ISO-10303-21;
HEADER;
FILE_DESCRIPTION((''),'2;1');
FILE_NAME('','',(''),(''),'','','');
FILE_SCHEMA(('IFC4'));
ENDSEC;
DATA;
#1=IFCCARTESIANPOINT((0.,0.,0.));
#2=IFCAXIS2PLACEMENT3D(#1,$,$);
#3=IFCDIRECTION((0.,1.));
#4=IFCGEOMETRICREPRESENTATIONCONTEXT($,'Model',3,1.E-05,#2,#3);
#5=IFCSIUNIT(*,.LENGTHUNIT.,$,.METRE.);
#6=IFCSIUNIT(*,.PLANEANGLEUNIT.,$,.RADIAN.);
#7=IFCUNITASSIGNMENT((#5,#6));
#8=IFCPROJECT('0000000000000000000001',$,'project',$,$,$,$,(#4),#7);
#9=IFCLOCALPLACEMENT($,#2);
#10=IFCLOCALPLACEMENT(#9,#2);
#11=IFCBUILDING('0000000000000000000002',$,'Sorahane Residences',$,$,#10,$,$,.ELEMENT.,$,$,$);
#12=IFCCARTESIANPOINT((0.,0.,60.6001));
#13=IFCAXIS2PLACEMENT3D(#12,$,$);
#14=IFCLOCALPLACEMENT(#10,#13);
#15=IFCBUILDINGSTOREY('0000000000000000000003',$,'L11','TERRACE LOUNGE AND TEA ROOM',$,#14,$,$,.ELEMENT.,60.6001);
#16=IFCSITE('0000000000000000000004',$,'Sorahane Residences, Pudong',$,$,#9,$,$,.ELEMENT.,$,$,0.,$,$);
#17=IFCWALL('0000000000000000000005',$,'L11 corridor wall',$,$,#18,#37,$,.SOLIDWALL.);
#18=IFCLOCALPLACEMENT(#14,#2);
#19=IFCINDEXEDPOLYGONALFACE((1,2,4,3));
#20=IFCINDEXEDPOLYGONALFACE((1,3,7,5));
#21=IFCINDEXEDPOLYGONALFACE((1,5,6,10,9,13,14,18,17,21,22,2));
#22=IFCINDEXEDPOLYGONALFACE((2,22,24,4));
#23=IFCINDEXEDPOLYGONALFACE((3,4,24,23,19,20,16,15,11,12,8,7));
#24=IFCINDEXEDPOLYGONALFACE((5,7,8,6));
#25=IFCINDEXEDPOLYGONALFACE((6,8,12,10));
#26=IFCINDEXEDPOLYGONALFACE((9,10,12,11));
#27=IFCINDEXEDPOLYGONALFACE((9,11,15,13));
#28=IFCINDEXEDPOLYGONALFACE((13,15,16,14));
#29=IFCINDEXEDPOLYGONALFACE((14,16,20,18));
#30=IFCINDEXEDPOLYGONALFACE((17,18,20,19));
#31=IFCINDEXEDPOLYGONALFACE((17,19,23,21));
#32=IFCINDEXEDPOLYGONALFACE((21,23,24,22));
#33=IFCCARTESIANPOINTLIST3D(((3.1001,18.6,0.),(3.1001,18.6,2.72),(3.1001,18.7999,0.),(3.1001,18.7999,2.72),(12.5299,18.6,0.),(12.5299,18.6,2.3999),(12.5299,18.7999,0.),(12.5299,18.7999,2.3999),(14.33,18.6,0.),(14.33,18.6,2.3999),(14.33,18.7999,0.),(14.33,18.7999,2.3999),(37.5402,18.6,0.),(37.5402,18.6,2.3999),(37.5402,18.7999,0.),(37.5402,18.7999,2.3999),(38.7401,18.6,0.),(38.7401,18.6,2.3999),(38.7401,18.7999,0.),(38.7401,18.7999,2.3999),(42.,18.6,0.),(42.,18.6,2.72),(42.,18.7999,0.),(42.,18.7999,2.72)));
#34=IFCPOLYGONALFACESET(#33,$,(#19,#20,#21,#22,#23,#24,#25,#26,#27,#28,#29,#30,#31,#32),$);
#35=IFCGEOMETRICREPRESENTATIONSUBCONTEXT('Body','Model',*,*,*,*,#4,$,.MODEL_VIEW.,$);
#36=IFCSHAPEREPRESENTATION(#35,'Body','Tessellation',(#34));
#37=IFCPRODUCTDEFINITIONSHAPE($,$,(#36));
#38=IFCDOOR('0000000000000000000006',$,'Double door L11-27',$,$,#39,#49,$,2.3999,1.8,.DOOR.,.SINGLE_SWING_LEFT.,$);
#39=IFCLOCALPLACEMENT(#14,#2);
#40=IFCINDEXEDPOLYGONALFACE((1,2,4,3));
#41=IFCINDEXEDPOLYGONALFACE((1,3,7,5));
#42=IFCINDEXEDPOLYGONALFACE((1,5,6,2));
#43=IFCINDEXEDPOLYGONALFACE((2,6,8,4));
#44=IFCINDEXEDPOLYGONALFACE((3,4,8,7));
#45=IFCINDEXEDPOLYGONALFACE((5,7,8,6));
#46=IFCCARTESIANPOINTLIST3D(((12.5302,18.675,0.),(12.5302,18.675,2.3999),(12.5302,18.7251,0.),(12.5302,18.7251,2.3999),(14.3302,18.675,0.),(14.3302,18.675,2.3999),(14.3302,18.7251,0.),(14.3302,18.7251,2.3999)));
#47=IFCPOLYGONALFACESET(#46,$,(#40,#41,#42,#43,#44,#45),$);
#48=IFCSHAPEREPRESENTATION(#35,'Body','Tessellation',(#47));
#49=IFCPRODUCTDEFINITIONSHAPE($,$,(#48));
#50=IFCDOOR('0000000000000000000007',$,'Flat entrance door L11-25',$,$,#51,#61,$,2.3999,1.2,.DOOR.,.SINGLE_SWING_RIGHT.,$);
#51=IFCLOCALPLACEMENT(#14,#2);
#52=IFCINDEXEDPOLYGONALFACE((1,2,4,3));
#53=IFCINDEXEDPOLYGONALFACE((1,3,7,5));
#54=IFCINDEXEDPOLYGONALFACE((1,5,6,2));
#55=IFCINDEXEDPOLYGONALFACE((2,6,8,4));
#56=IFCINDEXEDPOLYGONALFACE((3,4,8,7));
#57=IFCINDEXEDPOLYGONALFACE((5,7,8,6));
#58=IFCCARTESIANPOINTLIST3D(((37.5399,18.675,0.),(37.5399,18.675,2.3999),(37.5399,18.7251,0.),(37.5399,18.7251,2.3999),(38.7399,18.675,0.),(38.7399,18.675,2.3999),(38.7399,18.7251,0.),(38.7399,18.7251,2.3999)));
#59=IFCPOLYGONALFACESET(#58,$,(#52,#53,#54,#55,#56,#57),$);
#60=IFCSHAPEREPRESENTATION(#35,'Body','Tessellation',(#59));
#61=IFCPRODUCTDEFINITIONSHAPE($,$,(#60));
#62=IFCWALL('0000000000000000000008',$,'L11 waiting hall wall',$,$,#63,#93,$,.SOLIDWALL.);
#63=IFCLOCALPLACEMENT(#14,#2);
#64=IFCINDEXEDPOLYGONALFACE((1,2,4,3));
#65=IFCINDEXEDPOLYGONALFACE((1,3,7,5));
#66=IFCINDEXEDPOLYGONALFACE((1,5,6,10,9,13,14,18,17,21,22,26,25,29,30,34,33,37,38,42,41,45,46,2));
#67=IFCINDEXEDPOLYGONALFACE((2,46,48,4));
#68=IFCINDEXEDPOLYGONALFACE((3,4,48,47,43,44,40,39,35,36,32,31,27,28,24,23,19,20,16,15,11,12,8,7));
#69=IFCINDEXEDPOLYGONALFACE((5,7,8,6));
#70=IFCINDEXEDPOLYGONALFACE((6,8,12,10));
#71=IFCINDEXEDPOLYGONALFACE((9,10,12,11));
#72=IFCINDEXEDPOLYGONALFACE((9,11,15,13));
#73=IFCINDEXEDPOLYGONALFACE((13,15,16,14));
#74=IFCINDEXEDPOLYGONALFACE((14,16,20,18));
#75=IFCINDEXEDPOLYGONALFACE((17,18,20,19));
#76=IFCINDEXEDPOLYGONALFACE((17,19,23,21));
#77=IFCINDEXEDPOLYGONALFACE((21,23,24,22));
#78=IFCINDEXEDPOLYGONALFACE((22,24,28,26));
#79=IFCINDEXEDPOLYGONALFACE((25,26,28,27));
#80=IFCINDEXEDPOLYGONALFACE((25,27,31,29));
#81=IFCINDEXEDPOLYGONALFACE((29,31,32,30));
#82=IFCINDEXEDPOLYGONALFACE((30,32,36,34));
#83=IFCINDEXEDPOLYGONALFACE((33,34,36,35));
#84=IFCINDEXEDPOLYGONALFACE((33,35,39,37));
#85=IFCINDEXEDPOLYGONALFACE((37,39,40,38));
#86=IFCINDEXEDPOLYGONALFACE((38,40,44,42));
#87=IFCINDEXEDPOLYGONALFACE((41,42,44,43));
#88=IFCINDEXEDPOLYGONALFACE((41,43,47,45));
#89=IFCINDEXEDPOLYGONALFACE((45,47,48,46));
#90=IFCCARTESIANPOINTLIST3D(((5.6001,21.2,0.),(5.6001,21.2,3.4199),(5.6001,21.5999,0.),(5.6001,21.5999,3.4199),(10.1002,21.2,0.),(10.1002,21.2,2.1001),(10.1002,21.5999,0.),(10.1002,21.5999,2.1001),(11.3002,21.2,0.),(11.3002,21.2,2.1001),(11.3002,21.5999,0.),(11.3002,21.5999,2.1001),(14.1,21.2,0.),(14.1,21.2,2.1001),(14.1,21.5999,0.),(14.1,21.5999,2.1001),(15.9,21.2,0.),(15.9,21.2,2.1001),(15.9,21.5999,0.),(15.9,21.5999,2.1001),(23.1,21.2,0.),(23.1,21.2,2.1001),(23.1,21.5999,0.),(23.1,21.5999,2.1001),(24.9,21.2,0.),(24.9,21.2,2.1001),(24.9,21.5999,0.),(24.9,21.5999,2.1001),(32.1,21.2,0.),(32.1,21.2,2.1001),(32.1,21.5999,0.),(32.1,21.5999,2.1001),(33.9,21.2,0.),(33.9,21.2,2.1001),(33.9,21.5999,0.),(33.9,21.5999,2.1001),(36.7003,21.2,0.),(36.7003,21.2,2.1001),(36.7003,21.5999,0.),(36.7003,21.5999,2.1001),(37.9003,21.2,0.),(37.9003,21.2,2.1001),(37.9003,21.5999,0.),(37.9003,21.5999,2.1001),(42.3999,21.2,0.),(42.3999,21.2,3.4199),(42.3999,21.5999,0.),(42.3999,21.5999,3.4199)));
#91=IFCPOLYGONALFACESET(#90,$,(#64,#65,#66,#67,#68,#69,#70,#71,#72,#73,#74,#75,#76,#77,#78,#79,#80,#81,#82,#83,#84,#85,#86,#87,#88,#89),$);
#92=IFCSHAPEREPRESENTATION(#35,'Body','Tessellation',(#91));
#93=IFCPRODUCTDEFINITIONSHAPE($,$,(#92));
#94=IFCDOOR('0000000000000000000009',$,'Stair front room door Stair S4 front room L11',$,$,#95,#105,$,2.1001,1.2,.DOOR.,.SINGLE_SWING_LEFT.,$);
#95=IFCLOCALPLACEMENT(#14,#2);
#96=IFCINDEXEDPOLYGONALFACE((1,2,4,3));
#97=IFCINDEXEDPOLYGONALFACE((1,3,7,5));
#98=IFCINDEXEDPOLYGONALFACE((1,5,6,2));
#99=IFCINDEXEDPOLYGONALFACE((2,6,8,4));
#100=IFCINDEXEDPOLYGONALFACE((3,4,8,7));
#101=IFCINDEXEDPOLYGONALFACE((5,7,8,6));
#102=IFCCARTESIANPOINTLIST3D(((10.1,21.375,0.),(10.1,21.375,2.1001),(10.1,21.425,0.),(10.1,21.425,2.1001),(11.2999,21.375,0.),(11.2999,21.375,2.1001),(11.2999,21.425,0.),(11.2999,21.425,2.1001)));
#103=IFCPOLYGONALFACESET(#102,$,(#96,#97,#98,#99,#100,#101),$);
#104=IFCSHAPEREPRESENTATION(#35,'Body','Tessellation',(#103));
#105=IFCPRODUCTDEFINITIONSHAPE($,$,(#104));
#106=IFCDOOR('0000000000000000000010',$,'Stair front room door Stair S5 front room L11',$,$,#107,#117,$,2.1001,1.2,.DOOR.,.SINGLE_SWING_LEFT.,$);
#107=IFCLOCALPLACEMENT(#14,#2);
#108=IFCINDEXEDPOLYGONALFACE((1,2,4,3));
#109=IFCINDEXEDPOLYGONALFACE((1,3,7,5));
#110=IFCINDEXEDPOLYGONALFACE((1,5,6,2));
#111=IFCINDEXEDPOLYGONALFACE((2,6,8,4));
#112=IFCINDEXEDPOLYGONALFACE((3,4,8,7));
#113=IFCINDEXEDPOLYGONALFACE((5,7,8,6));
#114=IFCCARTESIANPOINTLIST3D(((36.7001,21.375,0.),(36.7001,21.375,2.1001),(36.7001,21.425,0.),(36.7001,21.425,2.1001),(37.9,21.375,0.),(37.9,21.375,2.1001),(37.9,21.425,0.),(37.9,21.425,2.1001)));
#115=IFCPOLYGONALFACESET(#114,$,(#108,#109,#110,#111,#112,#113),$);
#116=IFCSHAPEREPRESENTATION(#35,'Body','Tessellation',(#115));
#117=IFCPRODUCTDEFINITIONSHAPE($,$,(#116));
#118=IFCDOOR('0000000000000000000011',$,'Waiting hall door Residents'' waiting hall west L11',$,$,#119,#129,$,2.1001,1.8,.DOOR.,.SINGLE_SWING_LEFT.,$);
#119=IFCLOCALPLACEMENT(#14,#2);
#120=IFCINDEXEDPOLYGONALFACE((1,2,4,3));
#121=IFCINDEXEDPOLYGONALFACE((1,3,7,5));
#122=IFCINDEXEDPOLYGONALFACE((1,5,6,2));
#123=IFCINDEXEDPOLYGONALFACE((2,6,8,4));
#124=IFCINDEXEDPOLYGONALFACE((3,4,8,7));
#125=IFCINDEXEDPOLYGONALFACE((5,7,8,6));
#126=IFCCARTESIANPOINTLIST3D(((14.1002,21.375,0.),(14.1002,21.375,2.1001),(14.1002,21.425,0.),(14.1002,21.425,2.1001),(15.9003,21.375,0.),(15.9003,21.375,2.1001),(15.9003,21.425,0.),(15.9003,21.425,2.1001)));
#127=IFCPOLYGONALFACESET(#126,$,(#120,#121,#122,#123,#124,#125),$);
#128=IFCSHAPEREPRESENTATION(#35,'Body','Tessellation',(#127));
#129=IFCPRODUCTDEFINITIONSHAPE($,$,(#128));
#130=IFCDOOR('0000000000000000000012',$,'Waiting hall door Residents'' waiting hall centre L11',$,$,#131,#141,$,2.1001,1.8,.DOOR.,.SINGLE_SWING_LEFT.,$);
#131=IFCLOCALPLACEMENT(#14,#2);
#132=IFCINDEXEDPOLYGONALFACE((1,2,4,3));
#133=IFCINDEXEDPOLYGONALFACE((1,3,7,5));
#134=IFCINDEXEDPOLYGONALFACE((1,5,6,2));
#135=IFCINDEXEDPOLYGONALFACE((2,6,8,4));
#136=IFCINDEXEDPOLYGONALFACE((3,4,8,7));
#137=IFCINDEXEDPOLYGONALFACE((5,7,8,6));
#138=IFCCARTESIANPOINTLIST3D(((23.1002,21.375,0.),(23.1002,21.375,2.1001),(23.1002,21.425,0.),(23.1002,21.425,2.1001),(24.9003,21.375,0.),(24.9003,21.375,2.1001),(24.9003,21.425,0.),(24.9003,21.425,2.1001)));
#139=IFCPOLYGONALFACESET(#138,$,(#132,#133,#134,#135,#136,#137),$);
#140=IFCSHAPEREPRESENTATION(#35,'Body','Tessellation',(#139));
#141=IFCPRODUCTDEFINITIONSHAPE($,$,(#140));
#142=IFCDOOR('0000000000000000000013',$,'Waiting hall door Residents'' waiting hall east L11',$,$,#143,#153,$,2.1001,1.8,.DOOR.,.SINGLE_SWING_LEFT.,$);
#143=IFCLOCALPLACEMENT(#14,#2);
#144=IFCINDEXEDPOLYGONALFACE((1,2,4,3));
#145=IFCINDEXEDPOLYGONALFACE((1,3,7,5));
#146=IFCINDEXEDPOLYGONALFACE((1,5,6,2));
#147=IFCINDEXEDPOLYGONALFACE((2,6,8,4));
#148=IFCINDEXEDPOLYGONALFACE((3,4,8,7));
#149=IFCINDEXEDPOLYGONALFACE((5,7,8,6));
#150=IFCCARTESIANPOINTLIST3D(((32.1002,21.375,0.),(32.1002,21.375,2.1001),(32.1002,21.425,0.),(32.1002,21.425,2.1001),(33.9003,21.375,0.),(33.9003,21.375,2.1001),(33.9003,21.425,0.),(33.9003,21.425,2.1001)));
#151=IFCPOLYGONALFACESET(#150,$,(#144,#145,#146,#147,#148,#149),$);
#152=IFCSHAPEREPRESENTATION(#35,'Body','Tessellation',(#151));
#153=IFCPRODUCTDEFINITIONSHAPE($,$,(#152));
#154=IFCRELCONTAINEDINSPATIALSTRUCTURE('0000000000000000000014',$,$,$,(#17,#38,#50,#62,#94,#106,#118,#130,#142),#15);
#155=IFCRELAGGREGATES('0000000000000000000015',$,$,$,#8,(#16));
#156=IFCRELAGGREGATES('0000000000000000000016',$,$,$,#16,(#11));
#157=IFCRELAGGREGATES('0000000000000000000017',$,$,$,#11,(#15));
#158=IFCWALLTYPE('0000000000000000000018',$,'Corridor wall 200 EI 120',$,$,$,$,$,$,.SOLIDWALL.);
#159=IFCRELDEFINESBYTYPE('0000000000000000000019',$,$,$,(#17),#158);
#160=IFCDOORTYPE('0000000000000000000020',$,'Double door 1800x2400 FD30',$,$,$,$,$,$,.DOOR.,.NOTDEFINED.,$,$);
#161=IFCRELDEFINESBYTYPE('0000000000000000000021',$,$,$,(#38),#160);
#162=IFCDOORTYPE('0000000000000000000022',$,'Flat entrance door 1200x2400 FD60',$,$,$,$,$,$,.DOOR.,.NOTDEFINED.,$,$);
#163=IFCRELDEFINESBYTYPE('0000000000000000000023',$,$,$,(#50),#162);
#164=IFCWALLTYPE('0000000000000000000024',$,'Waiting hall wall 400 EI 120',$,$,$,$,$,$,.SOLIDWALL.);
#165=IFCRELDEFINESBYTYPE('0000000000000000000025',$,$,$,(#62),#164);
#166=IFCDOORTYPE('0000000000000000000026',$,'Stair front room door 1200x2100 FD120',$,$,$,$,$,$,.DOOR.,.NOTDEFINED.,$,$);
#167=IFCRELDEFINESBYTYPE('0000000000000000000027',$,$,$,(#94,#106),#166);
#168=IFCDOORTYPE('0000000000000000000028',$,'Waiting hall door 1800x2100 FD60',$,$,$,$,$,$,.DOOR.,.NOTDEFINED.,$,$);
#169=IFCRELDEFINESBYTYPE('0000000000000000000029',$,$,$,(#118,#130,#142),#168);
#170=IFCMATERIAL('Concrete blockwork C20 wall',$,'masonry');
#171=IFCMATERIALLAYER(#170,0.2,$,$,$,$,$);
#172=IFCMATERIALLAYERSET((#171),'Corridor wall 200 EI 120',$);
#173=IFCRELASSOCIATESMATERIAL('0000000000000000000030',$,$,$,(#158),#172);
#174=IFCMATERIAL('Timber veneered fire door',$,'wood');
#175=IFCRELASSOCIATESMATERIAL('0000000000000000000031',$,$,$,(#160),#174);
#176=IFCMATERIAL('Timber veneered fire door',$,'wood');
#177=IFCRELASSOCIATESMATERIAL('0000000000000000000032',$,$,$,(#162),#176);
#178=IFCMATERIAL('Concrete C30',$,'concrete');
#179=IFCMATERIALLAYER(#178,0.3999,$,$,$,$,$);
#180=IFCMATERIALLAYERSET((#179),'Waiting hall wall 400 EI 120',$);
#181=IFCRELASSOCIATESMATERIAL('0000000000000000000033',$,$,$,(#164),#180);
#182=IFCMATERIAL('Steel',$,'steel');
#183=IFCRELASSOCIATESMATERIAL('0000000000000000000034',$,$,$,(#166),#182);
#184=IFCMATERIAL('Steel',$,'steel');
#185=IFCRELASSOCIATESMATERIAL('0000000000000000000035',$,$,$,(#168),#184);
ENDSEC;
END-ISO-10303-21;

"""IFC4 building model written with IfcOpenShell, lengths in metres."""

from ifc_helpers import new_model, si_unit, direction, frame, frame_2d, origin, place, context, subcontext, project, spatial, rectangle, extrude, material, layer, layer_set, type_object, element, fill, save


model = new_model("IFC4")

# Units and contexts
model_context = context("Model", 3, precision=1e-05, world=origin(), true_north=direction((0.0, 1.0)))
body_context = subcontext(model_context, "Body", "Model", "MODEL_VIEW")
ifc_project = project(units=[si_unit("LENGTHUNIT", "METRE"), si_unit("PLANEANGLEUNIT", "RADIAN")], contexts=[model_context])

# Site, building, storey
site_placement = place(None, origin())
site = spatial("IfcSite", under=ifc_project, at=site_placement, Name="Sorahane Residences, Pudong", CompositionType="ELEMENT", RefElevation=0.0)
building_placement = place(site_placement, origin())
building = spatial("IfcBuilding", under=site, at=building_placement, Name="Sorahane Residences", CompositionType="ELEMENT")
storey_placement = place(building_placement, frame((0.0, 0.0, 60.6001)))
storey = spatial("IfcBuildingStorey", under=building, at=storey_placement, Name="L11", Description="TERRACE LOUNGE AND TEA ROOM", CompositionType="ELEMENT", Elevation=60.6001)

# Shared definitions
ifc_material_1 = material(Name="Concrete blockwork C20 wall", Category="masonry")
ifc_layer_1 = layer(ifc_material_1, 0.2)
ifc_layer_set_1 = layer_set([ifc_layer_1], Name="Corridor wall 200 EI 120")
wall_type_1 = type_object("IfcWallType", Name="Corridor wall 200 EI 120", PredefinedType="SOLIDWALL", material=ifc_layer_set_1)

# Walls, openings, doors
wall_1_placement = place(storey_placement, frame((3.1001, 18.7, 0.0), z_axis=(0.0, 0.0, 1.0), x_axis=(1.0, 0.0, 0.0)))
wall_1 = element("IfcWall", 1, at=wall_1_placement, inside=storey, type_object=wall_type_1, Name="L11 corridor wall", PredefinedType="SOLIDWALL", context=body_context, shape_type="SweptSolid", body=[
    extrude(rectangle(XDim=38.8999, YDim=0.2, at=frame_2d((19.45, 0.0))), origin(), (0.0, 0.0, 1.0), 2.72),
])
opening_1_placement = place(wall_1_placement, frame((34.4399, 0.0, 0.0)))
opening_1 = element("IfcOpeningElement", 2, at=opening_1_placement, cuts=wall_1, PredefinedType="OPENING", context=body_context, shape_type="SweptSolid", body=[
    extrude(rectangle(XDim=1.2, YDim=2.3999, at=frame_2d((0.6001, 1.2))), frame((0.0, 0.1099, 0.0), z_axis=(0.0, -1.0, 0.0), x_axis=(1.0, 0.0, 0.0)), (0.0, 0.0, 1.0), 0.22),
])
opening_2_placement = place(wall_1_placement, frame((9.4299, 0.0, 0.0)))
opening_2 = element("IfcOpeningElement", 3, at=opening_2_placement, cuts=wall_1, PredefinedType="OPENING", context=body_context, shape_type="SweptSolid", body=[
    extrude(rectangle(XDim=1.8, YDim=2.3999, at=frame_2d((0.8999, 1.2))), frame((0.0, 0.1099, 0.0), z_axis=(0.0, -1.0, 0.0), x_axis=(1.0, 0.0, 0.0)), (0.0, 0.0, 1.0), 0.22),
])
ifc_material_2 = material(Name="Timber veneered fire door", Category="wood")
door_type_1 = type_object("IfcDoorType", Name="Double door 1800x2400 FD30", OperationType="NOTDEFINED", PredefinedType="DOOR", material=ifc_material_2)
door_1_placement = place(opening_2_placement, frame((1.8, 0.0, 0.0), z_axis=(0.0, 0.0, 1.0), x_axis=(-1.0, 0.0, 0.0)))
door_1 = element("IfcDoor", 4, at=door_1_placement, inside=storey, type_object=door_type_1, Name="Double door L11-27", OperationType="SINGLE_SWING_LEFT", OverallHeight=2.3999, OverallWidth=1.8, PredefinedType="DOOR", context=body_context, shape_type="SweptSolid", body=[
    extrude(rectangle(XDim=1.8, YDim=2.3999, at=frame_2d((0.8999, 1.2))), frame((0.0, 0.0249, 0.0), z_axis=(0.0, -1.0, 0.0), x_axis=(1.0, 0.0, 0.0)), (0.0, 0.0, 1.0), 0.05),
])
fill(opening_2, door_1)
ifc_material_3 = material(Name="Timber veneered fire door", Category="wood")
door_type_2 = type_object("IfcDoorType", Name="Flat entrance door 1200x2400 FD60", OperationType="NOTDEFINED", PredefinedType="DOOR", material=ifc_material_3)
door_2_placement = place(opening_1_placement, frame((1.2, 0.0, 0.0), z_axis=(0.0, 0.0, 1.0), x_axis=(-1.0, 0.0, 0.0)))
door_2 = element("IfcDoor", 5, at=door_2_placement, inside=storey, type_object=door_type_2, Name="Flat entrance door L11-25", OperationType="SINGLE_SWING_RIGHT", OverallHeight=2.3999, OverallWidth=1.2, PredefinedType="DOOR", context=body_context, shape_type="SweptSolid", body=[
    extrude(rectangle(XDim=1.2, YDim=2.3999, at=frame_2d((0.6001, 1.2))), frame((0.0, 0.0249, 0.0), z_axis=(0.0, -1.0, 0.0), x_axis=(1.0, 0.0, 0.0)), (0.0, 0.0, 1.0), 0.05),
])
fill(opening_1, door_2)
ifc_material_4 = material(Name="Concrete C30", Category="concrete")
ifc_layer_2 = layer(ifc_material_4, 0.3999)
ifc_layer_set_2 = layer_set([ifc_layer_2], Name="Waiting hall wall 400 EI 120")
wall_type_2 = type_object("IfcWallType", Name="Waiting hall wall 400 EI 120", PredefinedType="SOLIDWALL", material=ifc_layer_set_2)
wall_2_placement = place(storey_placement, frame((5.6001, 21.3999, 0.0), z_axis=(0.0, 0.0, 1.0), x_axis=(1.0, 0.0, 0.0)))
wall_2 = element("IfcWall", 6, at=wall_2_placement, inside=storey, type_object=wall_type_2, Name="L11 waiting hall wall", PredefinedType="SOLIDWALL", context=body_context, shape_type="SweptSolid", body=[
    extrude(rectangle(XDim=36.7998, YDim=0.3999, at=frame_2d((18.3999, 0.0))), origin(), (0.0, 0.0, 1.0), 3.4199),
])
opening_3_placement = place(wall_2_placement, frame((8.5, 0.0, 0.0)))
opening_3 = element("IfcOpeningElement", 7, at=opening_3_placement, cuts=wall_2, PredefinedType="OPENING", context=body_context, shape_type="SweptSolid", body=[
    extrude(rectangle(XDim=1.8, YDim=2.1001, at=frame_2d((0.8999, 1.05))), frame((0.0, 0.21, 0.0), z_axis=(0.0, -1.0, 0.0), x_axis=(1.0, 0.0, 0.0)), (0.0, 0.0, 1.0), 0.4199),
])
opening_4_placement = place(wall_2_placement, frame((17.5, 0.0, 0.0)))
opening_4 = element("IfcOpeningElement", 8, at=opening_4_placement, cuts=wall_2, PredefinedType="OPENING", context=body_context, shape_type="SweptSolid", body=[
    extrude(rectangle(XDim=1.8, YDim=2.1001, at=frame_2d((0.8999, 1.05))), frame((0.0, 0.21, 0.0), z_axis=(0.0, -1.0, 0.0), x_axis=(1.0, 0.0, 0.0)), (0.0, 0.0, 1.0), 0.4199),
])
opening_5_placement = place(wall_2_placement, frame((26.5, 0.0, 0.0)))
opening_5 = element("IfcOpeningElement", 9, at=opening_5_placement, cuts=wall_2, PredefinedType="OPENING", context=body_context, shape_type="SweptSolid", body=[
    extrude(rectangle(XDim=1.8, YDim=2.1001, at=frame_2d((0.8999, 1.05))), frame((0.0, 0.21, 0.0), z_axis=(0.0, -1.0, 0.0), x_axis=(1.0, 0.0, 0.0)), (0.0, 0.0, 1.0), 0.4199),
])
opening_6_placement = place(wall_2_placement, frame((4.5, 0.0, 0.0)))
opening_6 = element("IfcOpeningElement", 10, at=opening_6_placement, cuts=wall_2, PredefinedType="OPENING", context=body_context, shape_type="SweptSolid", body=[
    extrude(rectangle(XDim=1.2, YDim=2.1001, at=frame_2d((0.6001, 1.05))), frame((0.0, 0.21, 0.0), z_axis=(0.0, -1.0, 0.0), x_axis=(1.0, 0.0, 0.0)), (0.0, 0.0, 1.0), 0.4199),
])
opening_7_placement = place(wall_2_placement, frame((31.1001, 0.0, 0.0)))
opening_7 = element("IfcOpeningElement", 11, at=opening_7_placement, cuts=wall_2, PredefinedType="OPENING", context=body_context, shape_type="SweptSolid", body=[
    extrude(rectangle(XDim=1.2, YDim=2.1001, at=frame_2d((0.6001, 1.05))), frame((0.0, 0.21, 0.0), z_axis=(0.0, -1.0, 0.0), x_axis=(1.0, 0.0, 0.0)), (0.0, 0.0, 1.0), 0.4199),
])
ifc_material_5 = material(Name="Steel", Category="steel")
door_type_3 = type_object("IfcDoorType", Name="Stair front room door 1200x2100 FD120", OperationType="NOTDEFINED", PredefinedType="DOOR", material=ifc_material_5)
door_3_placement = place(opening_6_placement, frame((1.2, 0.0, 0.0), z_axis=(0.0, 0.0, 1.0), x_axis=(-1.0, 0.0, 0.0)))
door_3 = element("IfcDoor", 12, at=door_3_placement, inside=storey, type_object=door_type_3, Name="Stair front room door Stair S4 front room L11", OperationType="SINGLE_SWING_LEFT", OverallHeight=2.1001, OverallWidth=1.2, PredefinedType="DOOR", context=body_context, shape_type="SweptSolid", body=[
    extrude(rectangle(XDim=1.2, YDim=2.1001, at=frame_2d((0.6001, 1.05))), frame((0.0, 0.0249, 0.0), z_axis=(0.0, -1.0, 0.0), x_axis=(1.0, 0.0, 0.0)), (0.0, 0.0, 1.0), 0.05),
])
fill(opening_6, door_3)
door_4_placement = place(opening_7_placement, frame((1.2, 0.0, 0.0), z_axis=(0.0, 0.0, 1.0), x_axis=(-1.0, 0.0, 0.0)))
door_4 = element("IfcDoor", 13, at=door_4_placement, inside=storey, type_object=door_type_3, Name="Stair front room door Stair S5 front room L11", OperationType="SINGLE_SWING_LEFT", OverallHeight=2.1001, OverallWidth=1.2, PredefinedType="DOOR", context=body_context, shape_type="SweptSolid", body=[
    extrude(rectangle(XDim=1.2, YDim=2.1001, at=frame_2d((0.6001, 1.05))), frame((0.0, 0.0249, 0.0), z_axis=(0.0, -1.0, 0.0), x_axis=(1.0, 0.0, 0.0)), (0.0, 0.0, 1.0), 0.05),
])
fill(opening_7, door_4)
ifc_material_6 = material(Name="Steel", Category="steel")
door_type_4 = type_object("IfcDoorType", Name="Waiting hall door 1800x2100 FD60", OperationType="NOTDEFINED", PredefinedType="DOOR", material=ifc_material_6)
door_5_placement = place(opening_3_placement, frame((1.8, 0.0, 0.0), z_axis=(0.0, 0.0, 1.0), x_axis=(-1.0, 0.0, 0.0)))
door_5 = element("IfcDoor", 14, at=door_5_placement, inside=storey, type_object=door_type_4, Name="Waiting hall door Residents' waiting hall west L11", OperationType="SINGLE_SWING_LEFT", OverallHeight=2.1001, OverallWidth=1.8, PredefinedType="DOOR", context=body_context, shape_type="SweptSolid", body=[
    extrude(rectangle(XDim=1.8, YDim=2.1001, at=frame_2d((0.8999, 1.05))), frame((0.0, 0.0249, 0.0), z_axis=(0.0, -1.0, 0.0), x_axis=(1.0, 0.0, 0.0)), (0.0, 0.0, 1.0), 0.05),
])
fill(opening_3, door_5)
door_6_placement = place(opening_4_placement, frame((1.8, 0.0, 0.0), z_axis=(0.0, 0.0, 1.0), x_axis=(-1.0, 0.0, 0.0)))
door_6 = element("IfcDoor", 15, at=door_6_placement, inside=storey, type_object=door_type_4, Name="Waiting hall door Residents' waiting hall centre L11", OperationType="SINGLE_SWING_LEFT", OverallHeight=2.1001, OverallWidth=1.8, PredefinedType="DOOR", context=body_context, shape_type="SweptSolid", body=[
    extrude(rectangle(XDim=1.8, YDim=2.1001, at=frame_2d((0.8999, 1.05))), frame((0.0, 0.0249, 0.0), z_axis=(0.0, -1.0, 0.0), x_axis=(1.0, 0.0, 0.0)), (0.0, 0.0, 1.0), 0.05),
])
fill(opening_4, door_6)
door_7_placement = place(opening_5_placement, frame((1.8, 0.0, 0.0), z_axis=(0.0, 0.0, 1.0), x_axis=(-1.0, 0.0, 0.0)))
door_7 = element("IfcDoor", 16, at=door_7_placement, inside=storey, type_object=door_type_4, Name="Waiting hall door Residents' waiting hall east L11", OperationType="SINGLE_SWING_LEFT", OverallHeight=2.1001, OverallWidth=1.8, PredefinedType="DOOR", context=body_context, shape_type="SweptSolid", body=[
    extrude(rectangle(XDim=1.8, YDim=2.1001, at=frame_2d((0.8999, 1.05))), frame((0.0, 0.0249, 0.0), z_axis=(0.0, -1.0, 0.0), x_axis=(1.0, 0.0, 0.0)), (0.0, 0.0, 1.0), 0.05),
])
fill(opening_5, door_7)

save(model, "model.ifc")
